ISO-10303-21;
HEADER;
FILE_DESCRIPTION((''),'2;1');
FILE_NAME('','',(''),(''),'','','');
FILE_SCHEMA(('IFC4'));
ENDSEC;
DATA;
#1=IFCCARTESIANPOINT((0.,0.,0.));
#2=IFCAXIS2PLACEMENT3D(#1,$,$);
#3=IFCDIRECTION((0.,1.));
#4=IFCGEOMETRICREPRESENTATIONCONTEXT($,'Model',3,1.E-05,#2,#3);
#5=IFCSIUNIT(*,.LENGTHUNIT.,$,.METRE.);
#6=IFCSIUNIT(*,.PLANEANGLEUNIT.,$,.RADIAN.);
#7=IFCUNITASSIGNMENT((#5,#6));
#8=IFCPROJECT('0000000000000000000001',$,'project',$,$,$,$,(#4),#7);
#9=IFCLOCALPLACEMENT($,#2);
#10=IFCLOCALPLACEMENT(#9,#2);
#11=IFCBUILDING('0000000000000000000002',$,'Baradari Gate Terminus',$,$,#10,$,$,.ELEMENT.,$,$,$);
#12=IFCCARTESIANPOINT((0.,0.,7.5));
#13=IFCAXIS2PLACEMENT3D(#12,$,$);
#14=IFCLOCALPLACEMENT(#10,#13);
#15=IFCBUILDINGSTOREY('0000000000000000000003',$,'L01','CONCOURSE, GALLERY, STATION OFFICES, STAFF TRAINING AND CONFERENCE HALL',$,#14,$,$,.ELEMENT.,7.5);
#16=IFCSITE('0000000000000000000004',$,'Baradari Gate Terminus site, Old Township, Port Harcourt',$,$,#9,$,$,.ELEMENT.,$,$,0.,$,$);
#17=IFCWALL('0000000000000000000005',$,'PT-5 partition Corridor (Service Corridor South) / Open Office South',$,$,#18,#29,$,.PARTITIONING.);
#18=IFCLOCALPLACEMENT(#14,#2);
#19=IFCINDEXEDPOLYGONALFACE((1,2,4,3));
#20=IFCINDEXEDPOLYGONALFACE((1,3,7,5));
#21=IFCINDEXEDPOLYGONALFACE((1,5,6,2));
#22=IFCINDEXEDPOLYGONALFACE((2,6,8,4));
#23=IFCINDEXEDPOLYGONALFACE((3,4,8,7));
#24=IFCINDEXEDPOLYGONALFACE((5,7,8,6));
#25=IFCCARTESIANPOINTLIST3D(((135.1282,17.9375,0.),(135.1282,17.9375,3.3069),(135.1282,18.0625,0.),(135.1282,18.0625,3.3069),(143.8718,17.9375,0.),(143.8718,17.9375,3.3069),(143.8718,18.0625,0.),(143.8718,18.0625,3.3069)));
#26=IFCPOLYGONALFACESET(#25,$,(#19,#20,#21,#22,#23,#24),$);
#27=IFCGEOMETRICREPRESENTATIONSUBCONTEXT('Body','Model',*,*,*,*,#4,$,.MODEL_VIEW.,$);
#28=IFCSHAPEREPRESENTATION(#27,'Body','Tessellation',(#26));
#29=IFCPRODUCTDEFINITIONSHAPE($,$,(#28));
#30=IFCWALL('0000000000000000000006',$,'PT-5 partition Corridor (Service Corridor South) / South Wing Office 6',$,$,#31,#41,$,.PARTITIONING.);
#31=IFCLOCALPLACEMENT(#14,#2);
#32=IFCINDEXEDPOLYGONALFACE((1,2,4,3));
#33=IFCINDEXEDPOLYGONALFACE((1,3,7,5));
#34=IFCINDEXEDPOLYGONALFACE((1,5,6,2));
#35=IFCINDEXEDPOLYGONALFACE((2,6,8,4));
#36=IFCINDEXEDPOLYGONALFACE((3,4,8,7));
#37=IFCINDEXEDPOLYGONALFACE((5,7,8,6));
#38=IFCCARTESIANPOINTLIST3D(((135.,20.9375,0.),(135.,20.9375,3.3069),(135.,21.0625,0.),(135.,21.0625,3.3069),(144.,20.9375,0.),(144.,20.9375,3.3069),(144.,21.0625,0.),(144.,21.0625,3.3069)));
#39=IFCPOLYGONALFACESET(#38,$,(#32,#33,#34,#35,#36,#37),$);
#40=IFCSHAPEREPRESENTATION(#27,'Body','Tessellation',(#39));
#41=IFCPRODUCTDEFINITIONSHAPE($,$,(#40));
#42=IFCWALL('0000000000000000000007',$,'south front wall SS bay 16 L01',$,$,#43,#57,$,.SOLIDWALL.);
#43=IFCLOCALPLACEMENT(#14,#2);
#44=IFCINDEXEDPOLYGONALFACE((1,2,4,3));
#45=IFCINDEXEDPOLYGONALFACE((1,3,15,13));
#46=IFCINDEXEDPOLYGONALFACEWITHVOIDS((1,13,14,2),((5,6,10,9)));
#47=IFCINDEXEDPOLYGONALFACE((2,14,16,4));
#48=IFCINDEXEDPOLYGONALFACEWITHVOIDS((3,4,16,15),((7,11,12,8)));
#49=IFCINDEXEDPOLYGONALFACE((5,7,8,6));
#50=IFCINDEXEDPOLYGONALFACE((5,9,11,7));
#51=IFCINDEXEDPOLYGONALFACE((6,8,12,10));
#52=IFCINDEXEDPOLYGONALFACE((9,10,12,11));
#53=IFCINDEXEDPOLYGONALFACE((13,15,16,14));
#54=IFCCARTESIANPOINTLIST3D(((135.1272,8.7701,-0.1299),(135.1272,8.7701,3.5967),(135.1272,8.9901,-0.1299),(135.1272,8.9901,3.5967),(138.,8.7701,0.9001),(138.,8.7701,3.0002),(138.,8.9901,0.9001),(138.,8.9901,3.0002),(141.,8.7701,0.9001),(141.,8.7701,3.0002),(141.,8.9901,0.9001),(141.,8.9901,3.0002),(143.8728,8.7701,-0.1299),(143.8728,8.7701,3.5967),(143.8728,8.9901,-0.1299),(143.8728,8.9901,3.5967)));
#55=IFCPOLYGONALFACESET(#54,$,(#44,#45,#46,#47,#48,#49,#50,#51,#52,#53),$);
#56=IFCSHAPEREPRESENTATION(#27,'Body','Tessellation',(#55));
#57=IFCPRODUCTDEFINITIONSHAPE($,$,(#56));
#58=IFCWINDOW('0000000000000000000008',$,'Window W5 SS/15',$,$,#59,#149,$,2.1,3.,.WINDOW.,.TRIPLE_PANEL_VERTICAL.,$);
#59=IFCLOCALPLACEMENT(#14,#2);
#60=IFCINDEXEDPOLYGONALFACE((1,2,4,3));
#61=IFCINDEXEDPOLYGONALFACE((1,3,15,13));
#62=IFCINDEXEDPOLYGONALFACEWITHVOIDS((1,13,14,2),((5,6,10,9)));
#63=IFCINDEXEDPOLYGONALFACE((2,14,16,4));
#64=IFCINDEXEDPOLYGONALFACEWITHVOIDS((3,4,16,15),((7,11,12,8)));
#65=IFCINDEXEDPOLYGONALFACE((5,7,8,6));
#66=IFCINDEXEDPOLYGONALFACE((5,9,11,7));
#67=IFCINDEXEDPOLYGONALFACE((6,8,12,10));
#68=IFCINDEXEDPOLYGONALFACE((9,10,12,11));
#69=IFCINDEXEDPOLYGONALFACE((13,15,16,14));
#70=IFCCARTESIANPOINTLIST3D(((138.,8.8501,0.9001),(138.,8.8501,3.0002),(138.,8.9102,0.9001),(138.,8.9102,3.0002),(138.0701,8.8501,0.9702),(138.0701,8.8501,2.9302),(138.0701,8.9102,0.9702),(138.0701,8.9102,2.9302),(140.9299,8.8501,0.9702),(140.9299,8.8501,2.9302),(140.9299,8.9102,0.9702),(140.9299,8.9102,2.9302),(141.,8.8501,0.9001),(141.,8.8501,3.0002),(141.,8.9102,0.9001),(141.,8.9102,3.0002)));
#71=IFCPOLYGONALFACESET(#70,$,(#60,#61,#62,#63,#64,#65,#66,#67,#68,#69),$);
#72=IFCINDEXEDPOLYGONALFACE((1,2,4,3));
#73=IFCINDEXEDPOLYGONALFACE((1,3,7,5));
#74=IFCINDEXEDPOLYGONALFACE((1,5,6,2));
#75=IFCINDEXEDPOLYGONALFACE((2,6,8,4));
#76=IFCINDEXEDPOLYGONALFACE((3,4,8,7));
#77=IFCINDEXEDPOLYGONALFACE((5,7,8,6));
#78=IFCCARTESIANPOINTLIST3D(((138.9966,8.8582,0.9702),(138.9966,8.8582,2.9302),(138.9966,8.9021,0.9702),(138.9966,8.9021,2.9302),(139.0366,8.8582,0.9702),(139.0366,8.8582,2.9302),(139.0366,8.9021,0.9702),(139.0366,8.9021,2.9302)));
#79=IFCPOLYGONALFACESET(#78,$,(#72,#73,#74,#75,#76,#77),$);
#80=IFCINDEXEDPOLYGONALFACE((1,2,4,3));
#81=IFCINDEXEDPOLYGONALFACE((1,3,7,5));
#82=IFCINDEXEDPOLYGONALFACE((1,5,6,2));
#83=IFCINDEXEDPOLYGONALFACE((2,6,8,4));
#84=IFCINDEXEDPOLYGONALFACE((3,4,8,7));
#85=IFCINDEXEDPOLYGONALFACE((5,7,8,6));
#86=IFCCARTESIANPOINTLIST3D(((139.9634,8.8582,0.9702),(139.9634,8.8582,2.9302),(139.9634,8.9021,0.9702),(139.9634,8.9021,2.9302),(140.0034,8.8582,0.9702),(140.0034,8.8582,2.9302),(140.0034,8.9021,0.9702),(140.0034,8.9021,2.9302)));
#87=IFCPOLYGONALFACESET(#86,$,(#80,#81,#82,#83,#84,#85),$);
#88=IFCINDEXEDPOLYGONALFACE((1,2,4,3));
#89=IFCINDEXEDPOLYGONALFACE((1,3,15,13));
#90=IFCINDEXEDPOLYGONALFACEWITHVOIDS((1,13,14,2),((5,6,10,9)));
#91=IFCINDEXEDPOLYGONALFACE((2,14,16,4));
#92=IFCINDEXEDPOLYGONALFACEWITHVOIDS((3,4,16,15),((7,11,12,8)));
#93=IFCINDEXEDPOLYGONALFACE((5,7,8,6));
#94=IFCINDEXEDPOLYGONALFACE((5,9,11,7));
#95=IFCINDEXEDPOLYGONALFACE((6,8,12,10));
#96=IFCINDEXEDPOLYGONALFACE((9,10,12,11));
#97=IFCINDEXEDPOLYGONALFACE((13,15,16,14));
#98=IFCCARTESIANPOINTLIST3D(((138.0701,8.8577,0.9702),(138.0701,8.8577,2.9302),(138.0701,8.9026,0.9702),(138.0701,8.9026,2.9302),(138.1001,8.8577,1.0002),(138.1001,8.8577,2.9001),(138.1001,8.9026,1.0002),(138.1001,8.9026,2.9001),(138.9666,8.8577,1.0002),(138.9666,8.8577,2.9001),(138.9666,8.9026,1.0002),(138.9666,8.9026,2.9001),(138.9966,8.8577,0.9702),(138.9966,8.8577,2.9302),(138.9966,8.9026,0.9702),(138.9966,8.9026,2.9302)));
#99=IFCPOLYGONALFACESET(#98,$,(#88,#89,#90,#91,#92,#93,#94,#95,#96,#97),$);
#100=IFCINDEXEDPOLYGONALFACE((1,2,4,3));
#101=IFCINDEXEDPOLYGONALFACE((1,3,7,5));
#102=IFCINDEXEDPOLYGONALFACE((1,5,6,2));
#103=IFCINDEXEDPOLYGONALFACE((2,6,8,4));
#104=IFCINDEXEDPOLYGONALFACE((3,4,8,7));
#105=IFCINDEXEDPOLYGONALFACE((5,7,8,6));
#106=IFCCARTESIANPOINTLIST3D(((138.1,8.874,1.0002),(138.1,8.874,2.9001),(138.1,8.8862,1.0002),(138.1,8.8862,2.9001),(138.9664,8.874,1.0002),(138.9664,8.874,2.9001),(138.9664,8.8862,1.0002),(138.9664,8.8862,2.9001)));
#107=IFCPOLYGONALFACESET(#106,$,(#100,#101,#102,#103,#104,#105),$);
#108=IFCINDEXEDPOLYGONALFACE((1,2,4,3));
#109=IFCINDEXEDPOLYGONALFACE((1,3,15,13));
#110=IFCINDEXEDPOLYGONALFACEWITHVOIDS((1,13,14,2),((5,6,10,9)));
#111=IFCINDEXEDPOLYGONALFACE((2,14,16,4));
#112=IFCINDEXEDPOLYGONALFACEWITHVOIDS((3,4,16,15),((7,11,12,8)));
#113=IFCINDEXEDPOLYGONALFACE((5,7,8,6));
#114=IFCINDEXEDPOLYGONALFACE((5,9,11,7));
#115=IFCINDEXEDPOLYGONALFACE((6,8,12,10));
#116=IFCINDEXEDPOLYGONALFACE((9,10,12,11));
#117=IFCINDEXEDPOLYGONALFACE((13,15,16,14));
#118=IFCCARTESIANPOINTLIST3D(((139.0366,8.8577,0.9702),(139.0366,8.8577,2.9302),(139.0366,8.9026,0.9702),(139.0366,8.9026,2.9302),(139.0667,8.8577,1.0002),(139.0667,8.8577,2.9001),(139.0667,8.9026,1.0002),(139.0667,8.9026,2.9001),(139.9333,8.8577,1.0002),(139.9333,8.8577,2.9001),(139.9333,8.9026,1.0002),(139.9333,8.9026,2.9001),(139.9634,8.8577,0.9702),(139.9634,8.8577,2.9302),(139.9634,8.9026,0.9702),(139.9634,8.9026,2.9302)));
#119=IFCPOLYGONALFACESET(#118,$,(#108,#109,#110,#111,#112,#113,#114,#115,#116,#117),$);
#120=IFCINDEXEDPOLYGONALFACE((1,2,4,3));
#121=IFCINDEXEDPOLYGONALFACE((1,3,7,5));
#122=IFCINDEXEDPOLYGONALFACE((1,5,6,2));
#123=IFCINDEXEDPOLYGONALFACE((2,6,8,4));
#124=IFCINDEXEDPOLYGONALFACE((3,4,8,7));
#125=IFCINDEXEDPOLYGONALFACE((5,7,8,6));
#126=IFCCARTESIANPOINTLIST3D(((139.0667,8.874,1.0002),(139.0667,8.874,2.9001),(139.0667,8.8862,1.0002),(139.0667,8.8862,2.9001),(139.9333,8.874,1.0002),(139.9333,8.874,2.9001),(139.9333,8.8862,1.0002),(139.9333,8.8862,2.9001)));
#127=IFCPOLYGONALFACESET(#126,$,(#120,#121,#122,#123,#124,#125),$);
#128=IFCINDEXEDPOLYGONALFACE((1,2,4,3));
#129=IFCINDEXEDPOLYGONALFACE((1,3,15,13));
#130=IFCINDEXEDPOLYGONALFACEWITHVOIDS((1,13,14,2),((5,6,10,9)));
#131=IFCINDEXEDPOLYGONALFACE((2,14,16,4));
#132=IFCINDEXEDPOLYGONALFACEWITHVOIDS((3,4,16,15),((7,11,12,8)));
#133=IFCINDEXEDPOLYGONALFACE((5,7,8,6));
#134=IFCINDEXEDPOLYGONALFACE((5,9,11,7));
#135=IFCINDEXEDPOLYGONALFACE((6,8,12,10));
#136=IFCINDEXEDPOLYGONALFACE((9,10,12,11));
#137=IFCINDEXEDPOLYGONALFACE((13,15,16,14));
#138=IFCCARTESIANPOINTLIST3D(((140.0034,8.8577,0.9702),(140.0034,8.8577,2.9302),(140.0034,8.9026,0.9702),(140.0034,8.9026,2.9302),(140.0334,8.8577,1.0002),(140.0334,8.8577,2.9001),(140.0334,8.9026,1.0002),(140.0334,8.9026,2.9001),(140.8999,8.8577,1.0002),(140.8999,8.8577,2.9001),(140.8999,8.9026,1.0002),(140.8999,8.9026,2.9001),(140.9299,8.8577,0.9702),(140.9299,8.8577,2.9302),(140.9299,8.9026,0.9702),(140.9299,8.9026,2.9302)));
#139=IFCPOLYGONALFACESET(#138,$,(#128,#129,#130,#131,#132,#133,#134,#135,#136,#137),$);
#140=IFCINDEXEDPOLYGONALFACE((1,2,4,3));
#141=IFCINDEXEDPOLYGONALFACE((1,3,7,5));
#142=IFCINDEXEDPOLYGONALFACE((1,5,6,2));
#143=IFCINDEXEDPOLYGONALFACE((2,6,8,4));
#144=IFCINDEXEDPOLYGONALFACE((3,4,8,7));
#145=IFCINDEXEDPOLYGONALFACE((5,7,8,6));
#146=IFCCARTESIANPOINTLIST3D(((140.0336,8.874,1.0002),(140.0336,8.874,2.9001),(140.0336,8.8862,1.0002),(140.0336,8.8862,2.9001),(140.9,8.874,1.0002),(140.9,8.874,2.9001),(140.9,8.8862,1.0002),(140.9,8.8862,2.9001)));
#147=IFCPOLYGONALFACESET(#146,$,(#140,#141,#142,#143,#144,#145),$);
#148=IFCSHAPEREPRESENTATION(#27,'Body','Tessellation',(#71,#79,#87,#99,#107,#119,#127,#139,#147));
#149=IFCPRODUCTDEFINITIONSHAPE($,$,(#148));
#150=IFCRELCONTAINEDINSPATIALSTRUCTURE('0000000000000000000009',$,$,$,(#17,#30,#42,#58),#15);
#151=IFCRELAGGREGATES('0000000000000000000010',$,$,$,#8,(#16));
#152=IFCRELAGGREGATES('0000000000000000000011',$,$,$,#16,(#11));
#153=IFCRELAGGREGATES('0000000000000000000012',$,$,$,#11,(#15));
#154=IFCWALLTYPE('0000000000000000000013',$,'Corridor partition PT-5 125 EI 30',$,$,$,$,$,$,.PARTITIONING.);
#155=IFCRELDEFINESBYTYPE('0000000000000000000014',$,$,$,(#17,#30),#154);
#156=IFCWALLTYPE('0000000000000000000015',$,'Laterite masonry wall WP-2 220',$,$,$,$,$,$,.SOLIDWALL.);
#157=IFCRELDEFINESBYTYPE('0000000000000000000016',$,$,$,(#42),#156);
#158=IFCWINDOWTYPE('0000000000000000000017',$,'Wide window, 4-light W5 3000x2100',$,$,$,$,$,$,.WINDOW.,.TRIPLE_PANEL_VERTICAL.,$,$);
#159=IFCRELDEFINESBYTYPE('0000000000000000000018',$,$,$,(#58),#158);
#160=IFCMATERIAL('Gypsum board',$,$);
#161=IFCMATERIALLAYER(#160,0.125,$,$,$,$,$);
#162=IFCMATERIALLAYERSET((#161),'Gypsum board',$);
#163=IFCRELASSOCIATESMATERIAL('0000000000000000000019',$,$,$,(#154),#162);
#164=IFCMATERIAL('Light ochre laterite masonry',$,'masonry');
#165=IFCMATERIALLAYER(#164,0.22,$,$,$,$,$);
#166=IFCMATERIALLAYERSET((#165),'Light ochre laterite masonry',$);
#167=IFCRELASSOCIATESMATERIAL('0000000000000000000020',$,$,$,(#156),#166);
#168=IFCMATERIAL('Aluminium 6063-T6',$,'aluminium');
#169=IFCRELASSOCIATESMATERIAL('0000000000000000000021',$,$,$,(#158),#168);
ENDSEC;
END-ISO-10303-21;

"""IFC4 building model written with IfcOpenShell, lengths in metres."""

from ifc_helpers import new_model, si_unit, direction, frame, frame_2d, origin, place, context, subcontext, project, spatial, polyline, rectangle, outline, extrude, material, layer, layer_set, type_object, element, fill, save


model = new_model("IFC4")

# Units and contexts
model_context = context("Model", 3, precision=1e-05, world=origin(), true_north=direction((0.0, 1.0)))
body_context = subcontext(model_context, "Body", "Model", "MODEL_VIEW")
ifc_project = project(units=[si_unit("LENGTHUNIT", "METRE"), si_unit("PLANEANGLEUNIT", "RADIAN")], contexts=[model_context])

# Site, building, storey
site_placement = place(None, origin())
site = spatial("IfcSite", under=ifc_project, at=site_placement, Name="Baradari Gate Terminus site, Old Township, Port Harcourt", CompositionType="ELEMENT", RefElevation=0.0)
building_placement = place(site_placement, origin())
building = spatial("IfcBuilding", under=site, at=building_placement, Name="Baradari Gate Terminus", CompositionType="ELEMENT")
storey_placement = place(building_placement, frame((0.0, 0.0, 7.5)))
storey = spatial("IfcBuildingStorey", under=building, at=storey_placement, Name="L01", Description="CONCOURSE, GALLERY, STATION OFFICES, STAFF TRAINING AND CONFERENCE HALL", CompositionType="ELEMENT", Elevation=7.5)

# Walls
ifc_material_1 = material(Name="Gypsum board")
ifc_layer_1 = layer(ifc_material_1, 0.125)
ifc_layer_set_1 = layer_set([ifc_layer_1], Name="Gypsum board")
wall_type_1 = type_object("IfcWallType", Name="Corridor partition PT-5 125 EI 30", PredefinedType="PARTITIONING", material=ifc_layer_set_1)
wall_1_placement = place(storey_placement, frame((143.8718, 18.0, 0.0), z_axis=(0.0, 0.0, 1.0), x_axis=(-1.0, 0.0, 0.0)))
element("IfcWall", 1, at=wall_1_placement, inside=storey, type_object=wall_type_1, Name="PT-5 partition Corridor (Service Corridor South) / Open Office South", PredefinedType="PARTITIONING", context=body_context, shape_type="SweptSolid", body=[
    extrude(rectangle(XDim=8.7437, YDim=0.125, at=frame_2d((4.3718, 0.0))), origin(), (0.0, 0.0, 1.0), 3.3069),
])
wall_2_placement = place(storey_placement, frame((135.0, 21.0, 0.0), z_axis=(0.0, 0.0, 1.0), x_axis=(1.0, 0.0, 0.0)))
element("IfcWall", 2, at=wall_2_placement, inside=storey, type_object=wall_type_1, Name="PT-5 partition Corridor (Service Corridor South) / South Wing Office 6", PredefinedType="PARTITIONING", context=body_context, shape_type="SweptSolid", body=[
    extrude(rectangle(XDim=9.0, YDim=0.125, at=frame_2d((4.5, 0.0))), origin(), (0.0, 0.0, 1.0), 3.3069),
])

# Wall, opening, window
ifc_material_2 = material(Name="Light ochre laterite masonry", Category="masonry")
ifc_layer_2 = layer(ifc_material_2, 0.22)
ifc_layer_set_2 = layer_set([ifc_layer_2], Name="Light ochre laterite masonry")
wall_type_2 = type_object("IfcWallType", Name="Laterite masonry wall WP-2 220", PredefinedType="SOLIDWALL", material=ifc_layer_set_2)
wall_3_placement = place(storey_placement, frame((135.1272, 8.8801, -0.1299), z_axis=(0.0, 0.0, 1.0), x_axis=(1.0, 0.0, 0.0)))
wall_3 = element("IfcWall", 3, at=wall_3_placement, inside=storey, type_object=wall_type_2, Name="south front wall SS bay 16 L01", PredefinedType="SOLIDWALL", context=body_context, shape_type="SweptSolid", body=[
    extrude(rectangle(XDim=8.7456, YDim=0.22, at=frame_2d((4.3728, 0.0))), origin(), (0.0, 0.0, 1.0), 3.7266),
])
opening_placement = place(wall_3_placement, frame((2.8728, 0.0, 1.03)))
opening = element("IfcOpeningElement", 4, at=opening_placement, cuts=wall_3, PredefinedType="OPENING", context=body_context, shape_type="SweptSolid", body=[
    extrude(rectangle(XDim=3.0, YDim=2.1001, at=frame_2d((1.5, 1.05))), frame((0.0, 0.1199, 0.0), z_axis=(0.0, -1.0, 0.0), x_axis=(1.0, 0.0, 0.0)), (0.0, 0.0, 1.0), 0.24),
])
ifc_material_3 = material(Name="Aluminium 6063-T6", Category="aluminium")
window_type = type_object("IfcWindowType", Name="Wide window, 4-light W5 3000x2100", PartitioningType="TRIPLE_PANEL_VERTICAL", PredefinedType="WINDOW", material=ifc_material_3)
window_placement = place(opening_placement, origin())
window = element("IfcWindow", 5, at=window_placement, inside=storey, type_object=window_type, Name="Window W5 SS/15", OverallHeight=2.1, OverallWidth=3.0, PartitioningType="TRIPLE_PANEL_VERTICAL", PredefinedType="WINDOW", context=body_context, shape_type="SweptSolid", body=[
    extrude(outline(polyline([(0.0, 0.0), (3.0, 0.0), (3.0, 2.1001), (0.0, 2.1001), (0.0, 0.0)]), holes=[polyline([(0.0701, 0.0701), (2.9299, 0.0701), (2.9299, 2.03), (0.0701, 2.03), (0.0701, 0.0701)])]), frame((0.0, 0.03, 0.0), z_axis=(0.0, -1.0, 0.0), x_axis=(1.0, 0.0, 0.0)), (0.0, 0.0, 1.0), 0.0601),
    extrude(rectangle(XDim=0.04, YDim=1.96, at=frame_2d((1.0166, 1.05))), frame((0.0, 0.022, 0.0), z_axis=(0.0, -1.0, 0.0), x_axis=(1.0, 0.0, 0.0)), (0.0, 0.0, 1.0), 0.0439),
    extrude(rectangle(XDim=0.04, YDim=1.96, at=frame_2d((1.9834, 1.05))), frame((0.0, 0.022, 0.0), z_axis=(0.0, -1.0, 0.0), x_axis=(1.0, 0.0, 0.0)), (0.0, 0.0, 1.0), 0.0439),
    extrude(outline(polyline([(0.0701, 0.0701), (0.9966, 0.0701), (0.9966, 2.03), (0.0701, 2.03), (0.0701, 0.0701)]), holes=[polyline([(0.1001, 0.1001), (0.9666, 0.1001), (0.9666, 2.0), (0.1001, 2.0), (0.1001, 0.1001)])]), frame((0.0, 0.0225, 0.0), z_axis=(0.0, -1.0, 0.0), x_axis=(1.0, 0.0, 0.0)), (0.0, 0.0, 1.0), 0.0449),
    extrude(rectangle(XDim=0.8665, YDim=1.8999, at=frame_2d((0.5332, 1.05))), frame((0.0, 0.0061, 0.0), z_axis=(0.0, -1.0, 0.0), x_axis=(1.0, 0.0, 0.0)), (0.0, 0.0, 1.0), 0.0122),
    extrude(outline(polyline([(1.0366, 0.0701), (1.9634, 0.0701), (1.9634, 2.03), (1.0366, 2.03), (1.0366, 0.0701)]), holes=[polyline([(1.0667, 0.1001), (1.9333, 0.1001), (1.9333, 2.0), (1.0667, 2.0), (1.0667, 0.1001)])]), frame((0.0, 0.0225, 0.0), z_axis=(0.0, -1.0, 0.0), x_axis=(1.0, 0.0, 0.0)), (0.0, 0.0, 1.0), 0.0449),
    extrude(rectangle(XDim=0.8667, YDim=1.8999, at=frame_2d((1.5, 1.05))), frame((0.0, 0.0061, 0.0), z_axis=(0.0, -1.0, 0.0), x_axis=(1.0, 0.0, 0.0)), (0.0, 0.0, 1.0), 0.0122),
    extrude(outline(polyline([(2.0034, 0.0701), (2.9299, 0.0701), (2.9299, 2.03), (2.0034, 2.03), (2.0034, 0.0701)]), holes=[polyline([(2.0334, 0.1001), (2.8999, 0.1001), (2.8999, 2.0), (2.0334, 2.0), (2.0334, 0.1001)])]), frame((0.0, 0.0225, 0.0), z_axis=(0.0, -1.0, 0.0), x_axis=(1.0, 0.0, 0.0)), (0.0, 0.0, 1.0), 0.0449),
    extrude(rectangle(XDim=0.8665, YDim=1.8999, at=frame_2d((2.4668, 1.05))), frame((0.0, 0.0061, 0.0), z_axis=(0.0, -1.0, 0.0), x_axis=(1.0, 0.0, 0.0)), (0.0, 0.0, 1.0), 0.0122),
])
fill(opening, window)

save(model, "model.ifc")
